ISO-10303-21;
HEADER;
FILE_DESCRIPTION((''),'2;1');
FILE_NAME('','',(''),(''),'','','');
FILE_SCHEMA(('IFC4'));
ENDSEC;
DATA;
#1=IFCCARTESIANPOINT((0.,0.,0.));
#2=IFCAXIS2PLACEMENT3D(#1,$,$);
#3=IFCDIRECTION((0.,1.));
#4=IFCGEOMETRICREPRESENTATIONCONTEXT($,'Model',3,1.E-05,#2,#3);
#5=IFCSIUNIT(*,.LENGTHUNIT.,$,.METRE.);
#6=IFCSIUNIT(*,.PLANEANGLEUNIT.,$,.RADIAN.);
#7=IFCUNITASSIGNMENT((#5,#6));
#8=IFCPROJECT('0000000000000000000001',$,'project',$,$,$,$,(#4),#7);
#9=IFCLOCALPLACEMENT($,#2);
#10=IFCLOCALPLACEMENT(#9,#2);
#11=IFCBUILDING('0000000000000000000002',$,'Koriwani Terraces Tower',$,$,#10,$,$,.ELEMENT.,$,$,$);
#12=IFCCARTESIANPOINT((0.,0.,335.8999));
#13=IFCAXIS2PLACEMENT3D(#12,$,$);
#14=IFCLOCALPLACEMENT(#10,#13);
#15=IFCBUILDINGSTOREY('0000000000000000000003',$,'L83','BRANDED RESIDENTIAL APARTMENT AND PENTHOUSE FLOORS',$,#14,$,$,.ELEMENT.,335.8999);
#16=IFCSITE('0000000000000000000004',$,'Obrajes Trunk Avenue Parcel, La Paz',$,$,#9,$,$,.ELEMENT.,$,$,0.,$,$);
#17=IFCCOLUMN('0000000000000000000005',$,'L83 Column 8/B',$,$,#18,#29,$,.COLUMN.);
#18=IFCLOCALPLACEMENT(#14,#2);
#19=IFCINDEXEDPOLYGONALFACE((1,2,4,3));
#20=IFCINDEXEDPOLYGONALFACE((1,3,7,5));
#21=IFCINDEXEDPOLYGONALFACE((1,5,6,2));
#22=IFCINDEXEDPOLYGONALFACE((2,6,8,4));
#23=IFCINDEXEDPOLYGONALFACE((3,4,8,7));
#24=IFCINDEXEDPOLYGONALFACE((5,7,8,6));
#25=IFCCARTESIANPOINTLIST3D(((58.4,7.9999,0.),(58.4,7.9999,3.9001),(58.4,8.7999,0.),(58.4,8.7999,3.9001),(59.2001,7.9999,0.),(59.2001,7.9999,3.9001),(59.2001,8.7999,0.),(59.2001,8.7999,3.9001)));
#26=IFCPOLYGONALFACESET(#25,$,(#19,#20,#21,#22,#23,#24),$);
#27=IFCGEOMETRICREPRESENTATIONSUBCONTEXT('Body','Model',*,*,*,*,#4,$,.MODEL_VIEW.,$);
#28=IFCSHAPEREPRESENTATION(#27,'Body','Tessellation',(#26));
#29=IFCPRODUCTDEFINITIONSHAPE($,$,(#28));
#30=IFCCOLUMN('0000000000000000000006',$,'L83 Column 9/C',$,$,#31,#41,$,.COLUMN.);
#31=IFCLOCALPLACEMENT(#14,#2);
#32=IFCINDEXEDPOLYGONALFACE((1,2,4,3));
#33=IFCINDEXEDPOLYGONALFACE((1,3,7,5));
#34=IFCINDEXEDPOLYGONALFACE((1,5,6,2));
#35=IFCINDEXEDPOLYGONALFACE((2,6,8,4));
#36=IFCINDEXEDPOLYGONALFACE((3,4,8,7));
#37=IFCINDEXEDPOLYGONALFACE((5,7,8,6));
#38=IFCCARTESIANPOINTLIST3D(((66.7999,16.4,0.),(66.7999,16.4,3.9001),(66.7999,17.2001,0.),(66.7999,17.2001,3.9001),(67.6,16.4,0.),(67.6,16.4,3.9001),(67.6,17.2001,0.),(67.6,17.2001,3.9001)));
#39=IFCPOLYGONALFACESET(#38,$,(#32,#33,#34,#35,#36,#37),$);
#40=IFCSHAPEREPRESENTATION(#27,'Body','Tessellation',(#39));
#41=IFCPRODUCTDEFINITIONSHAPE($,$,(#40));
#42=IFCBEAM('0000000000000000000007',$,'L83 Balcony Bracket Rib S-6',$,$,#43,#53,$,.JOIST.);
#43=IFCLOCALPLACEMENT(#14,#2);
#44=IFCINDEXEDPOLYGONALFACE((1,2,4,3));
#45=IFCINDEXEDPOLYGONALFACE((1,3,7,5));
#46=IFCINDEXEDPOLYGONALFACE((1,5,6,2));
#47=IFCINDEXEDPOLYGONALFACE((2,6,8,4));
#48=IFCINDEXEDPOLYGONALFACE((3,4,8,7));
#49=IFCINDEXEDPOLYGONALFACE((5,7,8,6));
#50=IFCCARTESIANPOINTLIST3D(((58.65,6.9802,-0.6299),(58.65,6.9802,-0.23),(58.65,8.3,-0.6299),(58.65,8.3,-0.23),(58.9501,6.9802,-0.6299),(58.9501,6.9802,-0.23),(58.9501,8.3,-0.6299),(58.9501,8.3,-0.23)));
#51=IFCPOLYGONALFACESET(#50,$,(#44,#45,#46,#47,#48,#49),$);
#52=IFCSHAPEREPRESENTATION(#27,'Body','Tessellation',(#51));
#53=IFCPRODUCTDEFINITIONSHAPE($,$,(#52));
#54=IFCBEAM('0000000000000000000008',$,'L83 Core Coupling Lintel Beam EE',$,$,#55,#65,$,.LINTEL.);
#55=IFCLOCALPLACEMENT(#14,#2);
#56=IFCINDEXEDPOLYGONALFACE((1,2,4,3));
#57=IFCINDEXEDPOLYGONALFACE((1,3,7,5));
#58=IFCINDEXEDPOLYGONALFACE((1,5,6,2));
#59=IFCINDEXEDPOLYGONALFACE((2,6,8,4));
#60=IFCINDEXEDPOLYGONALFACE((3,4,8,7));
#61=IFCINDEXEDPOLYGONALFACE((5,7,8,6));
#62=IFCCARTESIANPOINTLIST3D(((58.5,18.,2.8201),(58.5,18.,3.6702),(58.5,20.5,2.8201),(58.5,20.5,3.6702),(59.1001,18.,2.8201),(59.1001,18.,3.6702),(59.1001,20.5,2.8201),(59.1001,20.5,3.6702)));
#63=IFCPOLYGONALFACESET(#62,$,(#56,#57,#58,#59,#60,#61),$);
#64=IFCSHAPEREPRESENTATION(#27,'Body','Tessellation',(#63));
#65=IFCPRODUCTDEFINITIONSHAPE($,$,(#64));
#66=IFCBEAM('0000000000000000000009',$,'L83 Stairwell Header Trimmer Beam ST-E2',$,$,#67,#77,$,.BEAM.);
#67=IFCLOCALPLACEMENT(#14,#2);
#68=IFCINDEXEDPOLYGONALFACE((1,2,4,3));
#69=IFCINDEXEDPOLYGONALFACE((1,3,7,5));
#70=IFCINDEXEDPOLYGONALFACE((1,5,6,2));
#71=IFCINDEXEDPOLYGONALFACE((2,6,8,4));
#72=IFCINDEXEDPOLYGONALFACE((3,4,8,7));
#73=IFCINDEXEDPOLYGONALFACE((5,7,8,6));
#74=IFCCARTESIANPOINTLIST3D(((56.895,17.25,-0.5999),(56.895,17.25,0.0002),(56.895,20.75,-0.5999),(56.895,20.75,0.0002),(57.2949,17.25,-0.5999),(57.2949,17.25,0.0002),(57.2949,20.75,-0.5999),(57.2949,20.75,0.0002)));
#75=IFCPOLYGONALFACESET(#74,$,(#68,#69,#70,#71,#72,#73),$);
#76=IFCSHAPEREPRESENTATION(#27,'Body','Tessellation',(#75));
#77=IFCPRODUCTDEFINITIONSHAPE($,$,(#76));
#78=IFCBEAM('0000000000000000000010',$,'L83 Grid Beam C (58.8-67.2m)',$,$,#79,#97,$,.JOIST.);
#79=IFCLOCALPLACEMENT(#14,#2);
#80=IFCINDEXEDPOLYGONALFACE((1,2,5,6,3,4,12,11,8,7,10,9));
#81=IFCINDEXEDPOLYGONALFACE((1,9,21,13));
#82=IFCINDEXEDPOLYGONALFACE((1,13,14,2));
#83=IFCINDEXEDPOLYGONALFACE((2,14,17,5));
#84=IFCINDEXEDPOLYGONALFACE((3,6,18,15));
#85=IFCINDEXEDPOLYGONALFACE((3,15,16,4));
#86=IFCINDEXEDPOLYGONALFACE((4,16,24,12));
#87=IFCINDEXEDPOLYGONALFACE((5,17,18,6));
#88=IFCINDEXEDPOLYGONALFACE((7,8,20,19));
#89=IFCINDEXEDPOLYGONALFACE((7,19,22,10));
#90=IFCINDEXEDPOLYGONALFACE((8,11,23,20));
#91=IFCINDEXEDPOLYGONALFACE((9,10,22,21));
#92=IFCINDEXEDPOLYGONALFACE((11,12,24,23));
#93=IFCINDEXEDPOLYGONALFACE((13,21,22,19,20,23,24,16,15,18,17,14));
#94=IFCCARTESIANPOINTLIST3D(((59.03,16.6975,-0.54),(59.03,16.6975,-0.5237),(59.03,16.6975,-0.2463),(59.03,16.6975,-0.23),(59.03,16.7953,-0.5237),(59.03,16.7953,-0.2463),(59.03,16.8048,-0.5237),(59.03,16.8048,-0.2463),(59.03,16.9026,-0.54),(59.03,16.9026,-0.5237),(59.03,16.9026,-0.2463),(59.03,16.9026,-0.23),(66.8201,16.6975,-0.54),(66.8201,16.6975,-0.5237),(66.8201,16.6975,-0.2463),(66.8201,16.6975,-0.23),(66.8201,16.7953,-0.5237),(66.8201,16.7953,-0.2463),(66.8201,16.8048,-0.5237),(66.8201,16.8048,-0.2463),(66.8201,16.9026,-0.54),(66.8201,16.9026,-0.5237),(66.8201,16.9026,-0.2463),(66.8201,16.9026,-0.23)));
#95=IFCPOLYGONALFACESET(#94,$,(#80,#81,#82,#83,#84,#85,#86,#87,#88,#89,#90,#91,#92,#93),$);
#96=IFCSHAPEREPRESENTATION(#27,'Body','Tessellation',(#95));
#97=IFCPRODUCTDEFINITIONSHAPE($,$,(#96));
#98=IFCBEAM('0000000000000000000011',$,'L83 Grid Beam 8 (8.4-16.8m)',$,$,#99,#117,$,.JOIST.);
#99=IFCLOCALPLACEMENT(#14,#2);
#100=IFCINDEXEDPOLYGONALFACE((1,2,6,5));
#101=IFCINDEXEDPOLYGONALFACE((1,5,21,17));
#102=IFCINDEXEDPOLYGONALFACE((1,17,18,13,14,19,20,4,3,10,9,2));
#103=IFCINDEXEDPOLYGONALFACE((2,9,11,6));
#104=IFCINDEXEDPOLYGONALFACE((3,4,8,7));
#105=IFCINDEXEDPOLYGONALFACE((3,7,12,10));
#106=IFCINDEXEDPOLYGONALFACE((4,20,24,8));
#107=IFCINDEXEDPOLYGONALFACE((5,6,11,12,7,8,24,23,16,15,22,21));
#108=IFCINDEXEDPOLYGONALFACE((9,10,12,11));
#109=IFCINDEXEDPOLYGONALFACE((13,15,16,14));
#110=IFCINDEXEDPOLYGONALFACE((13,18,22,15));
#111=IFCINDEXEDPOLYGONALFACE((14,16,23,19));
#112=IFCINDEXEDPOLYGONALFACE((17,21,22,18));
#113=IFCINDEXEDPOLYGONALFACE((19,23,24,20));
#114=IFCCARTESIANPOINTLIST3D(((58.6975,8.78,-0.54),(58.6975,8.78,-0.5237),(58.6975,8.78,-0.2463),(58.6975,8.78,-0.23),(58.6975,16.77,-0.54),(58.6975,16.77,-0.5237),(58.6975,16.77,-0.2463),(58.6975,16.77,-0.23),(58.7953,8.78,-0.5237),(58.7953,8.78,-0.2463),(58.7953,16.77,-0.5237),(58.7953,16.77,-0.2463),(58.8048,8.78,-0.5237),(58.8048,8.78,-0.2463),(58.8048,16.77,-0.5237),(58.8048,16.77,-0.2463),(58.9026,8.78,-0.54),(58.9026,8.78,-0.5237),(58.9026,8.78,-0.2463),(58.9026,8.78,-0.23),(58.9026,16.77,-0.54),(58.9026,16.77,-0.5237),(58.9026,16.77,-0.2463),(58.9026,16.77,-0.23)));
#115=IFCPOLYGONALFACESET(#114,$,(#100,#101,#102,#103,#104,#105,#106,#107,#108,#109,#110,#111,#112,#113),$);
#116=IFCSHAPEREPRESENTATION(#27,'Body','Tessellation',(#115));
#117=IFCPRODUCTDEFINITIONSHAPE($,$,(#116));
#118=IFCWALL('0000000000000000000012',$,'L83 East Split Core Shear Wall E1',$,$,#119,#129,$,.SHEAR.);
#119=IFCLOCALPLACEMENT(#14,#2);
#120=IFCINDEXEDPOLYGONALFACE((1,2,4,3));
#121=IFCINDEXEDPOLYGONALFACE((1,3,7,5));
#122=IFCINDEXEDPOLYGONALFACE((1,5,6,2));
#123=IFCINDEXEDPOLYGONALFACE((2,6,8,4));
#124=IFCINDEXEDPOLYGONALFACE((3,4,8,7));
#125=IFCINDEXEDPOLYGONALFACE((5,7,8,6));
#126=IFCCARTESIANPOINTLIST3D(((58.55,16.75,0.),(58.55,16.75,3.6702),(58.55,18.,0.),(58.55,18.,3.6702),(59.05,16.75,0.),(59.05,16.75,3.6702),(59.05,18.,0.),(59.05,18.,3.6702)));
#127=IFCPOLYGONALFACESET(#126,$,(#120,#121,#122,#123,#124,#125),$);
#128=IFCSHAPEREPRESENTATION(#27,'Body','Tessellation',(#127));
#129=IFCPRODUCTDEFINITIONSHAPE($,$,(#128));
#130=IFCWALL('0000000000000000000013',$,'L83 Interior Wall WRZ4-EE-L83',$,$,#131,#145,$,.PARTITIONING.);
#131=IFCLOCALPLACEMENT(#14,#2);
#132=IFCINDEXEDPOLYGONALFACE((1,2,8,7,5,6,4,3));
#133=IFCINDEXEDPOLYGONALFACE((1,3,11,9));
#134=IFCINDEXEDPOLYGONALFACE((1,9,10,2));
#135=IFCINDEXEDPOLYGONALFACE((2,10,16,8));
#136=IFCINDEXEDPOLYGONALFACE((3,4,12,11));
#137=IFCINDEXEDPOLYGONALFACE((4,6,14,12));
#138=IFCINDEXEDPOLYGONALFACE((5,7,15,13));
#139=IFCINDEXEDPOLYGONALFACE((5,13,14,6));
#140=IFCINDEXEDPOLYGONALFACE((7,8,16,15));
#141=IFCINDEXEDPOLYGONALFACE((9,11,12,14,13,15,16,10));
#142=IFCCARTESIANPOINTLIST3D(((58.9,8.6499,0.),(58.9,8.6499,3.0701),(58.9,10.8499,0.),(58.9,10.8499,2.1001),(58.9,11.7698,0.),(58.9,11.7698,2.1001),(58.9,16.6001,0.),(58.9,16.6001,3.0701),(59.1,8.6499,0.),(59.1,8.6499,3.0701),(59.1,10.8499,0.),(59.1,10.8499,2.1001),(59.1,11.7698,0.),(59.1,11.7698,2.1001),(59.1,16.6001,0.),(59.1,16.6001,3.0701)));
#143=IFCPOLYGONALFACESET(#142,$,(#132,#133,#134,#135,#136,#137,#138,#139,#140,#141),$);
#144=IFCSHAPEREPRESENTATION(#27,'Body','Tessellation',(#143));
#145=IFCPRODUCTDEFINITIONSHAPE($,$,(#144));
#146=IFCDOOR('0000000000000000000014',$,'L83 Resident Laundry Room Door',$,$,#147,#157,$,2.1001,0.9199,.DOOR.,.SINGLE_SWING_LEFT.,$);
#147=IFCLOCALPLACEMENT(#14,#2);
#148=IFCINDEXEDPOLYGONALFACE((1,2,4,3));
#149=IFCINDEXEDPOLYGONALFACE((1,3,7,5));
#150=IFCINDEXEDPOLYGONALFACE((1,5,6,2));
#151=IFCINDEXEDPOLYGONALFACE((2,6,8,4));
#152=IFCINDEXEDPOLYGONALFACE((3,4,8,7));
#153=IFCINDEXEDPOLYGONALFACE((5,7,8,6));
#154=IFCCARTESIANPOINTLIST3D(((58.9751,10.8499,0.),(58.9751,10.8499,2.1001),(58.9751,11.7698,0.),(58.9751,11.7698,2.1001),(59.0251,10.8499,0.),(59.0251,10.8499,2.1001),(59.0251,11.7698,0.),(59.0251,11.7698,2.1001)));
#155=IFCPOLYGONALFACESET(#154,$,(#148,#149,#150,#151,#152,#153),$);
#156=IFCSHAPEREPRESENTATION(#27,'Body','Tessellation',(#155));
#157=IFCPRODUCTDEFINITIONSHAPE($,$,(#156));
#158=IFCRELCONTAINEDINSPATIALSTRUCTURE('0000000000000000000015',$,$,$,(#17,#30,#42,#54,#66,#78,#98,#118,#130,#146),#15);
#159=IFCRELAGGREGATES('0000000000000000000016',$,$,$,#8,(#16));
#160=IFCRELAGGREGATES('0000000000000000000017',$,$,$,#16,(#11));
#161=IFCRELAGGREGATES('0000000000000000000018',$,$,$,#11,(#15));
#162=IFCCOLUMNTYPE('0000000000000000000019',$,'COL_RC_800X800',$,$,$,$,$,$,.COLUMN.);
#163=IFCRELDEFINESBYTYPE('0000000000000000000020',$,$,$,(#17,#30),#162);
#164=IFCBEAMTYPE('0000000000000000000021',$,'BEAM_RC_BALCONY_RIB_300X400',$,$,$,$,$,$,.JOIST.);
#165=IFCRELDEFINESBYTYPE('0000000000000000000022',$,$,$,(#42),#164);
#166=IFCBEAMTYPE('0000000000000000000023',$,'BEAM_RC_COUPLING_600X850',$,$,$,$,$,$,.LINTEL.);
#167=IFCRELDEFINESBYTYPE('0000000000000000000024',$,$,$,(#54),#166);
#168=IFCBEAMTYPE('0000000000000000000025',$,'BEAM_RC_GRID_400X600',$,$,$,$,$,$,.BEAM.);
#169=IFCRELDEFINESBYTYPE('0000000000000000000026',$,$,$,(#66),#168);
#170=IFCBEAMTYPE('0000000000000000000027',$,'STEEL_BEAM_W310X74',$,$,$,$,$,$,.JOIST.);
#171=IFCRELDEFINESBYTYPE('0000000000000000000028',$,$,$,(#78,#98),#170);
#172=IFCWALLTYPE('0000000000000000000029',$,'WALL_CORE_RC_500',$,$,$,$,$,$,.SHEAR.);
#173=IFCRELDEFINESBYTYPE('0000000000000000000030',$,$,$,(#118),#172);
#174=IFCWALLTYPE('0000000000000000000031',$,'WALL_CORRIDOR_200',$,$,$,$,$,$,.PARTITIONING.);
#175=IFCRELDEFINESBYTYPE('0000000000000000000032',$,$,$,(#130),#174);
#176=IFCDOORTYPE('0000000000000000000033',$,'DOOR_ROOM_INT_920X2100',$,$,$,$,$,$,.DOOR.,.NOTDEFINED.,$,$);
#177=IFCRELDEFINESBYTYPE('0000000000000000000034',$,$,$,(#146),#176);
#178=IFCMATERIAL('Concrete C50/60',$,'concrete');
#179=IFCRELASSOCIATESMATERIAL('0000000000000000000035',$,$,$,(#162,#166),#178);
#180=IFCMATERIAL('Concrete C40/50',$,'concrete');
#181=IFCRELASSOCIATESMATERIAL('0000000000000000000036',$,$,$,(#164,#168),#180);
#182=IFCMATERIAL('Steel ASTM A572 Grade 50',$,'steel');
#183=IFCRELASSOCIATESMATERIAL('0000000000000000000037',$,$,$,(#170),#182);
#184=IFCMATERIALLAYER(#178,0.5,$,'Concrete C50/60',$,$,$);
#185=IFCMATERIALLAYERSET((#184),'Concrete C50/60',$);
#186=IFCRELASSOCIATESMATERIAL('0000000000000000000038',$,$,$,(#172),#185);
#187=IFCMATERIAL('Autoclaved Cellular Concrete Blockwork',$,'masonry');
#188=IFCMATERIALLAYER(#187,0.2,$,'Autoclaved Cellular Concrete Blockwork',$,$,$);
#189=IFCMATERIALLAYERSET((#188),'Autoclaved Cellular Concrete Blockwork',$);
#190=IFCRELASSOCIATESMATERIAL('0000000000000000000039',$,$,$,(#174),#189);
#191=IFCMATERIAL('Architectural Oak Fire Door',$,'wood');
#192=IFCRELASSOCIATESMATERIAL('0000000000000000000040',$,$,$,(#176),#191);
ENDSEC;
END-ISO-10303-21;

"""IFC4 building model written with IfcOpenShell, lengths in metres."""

from ifc_helpers import new_model, si_unit, direction, frame, frame_2d, origin, origin_2d, place, context, subcontext, project, spatial, rectangle, i_section, extrude, material, layer, layer_set, material_profile, profile_set, type_object, element, fill, save


model = new_model("IFC4")

# Units and contexts
model_context = context("Model", 3, precision=1e-05, world=origin(), true_north=direction((0.0, 1.0)))
body_context = subcontext(model_context, "Body", "Model", "MODEL_VIEW")
ifc_project = project(units=[si_unit("LENGTHUNIT", "METRE"), si_unit("PLANEANGLEUNIT", "RADIAN")], contexts=[model_context])

# Site, building, storey
site_placement = place(None, origin())
site = spatial("IfcSite", under=ifc_project, at=site_placement, Name="Obrajes Trunk Avenue Parcel, La Paz", CompositionType="ELEMENT", RefElevation=0.0)
building_placement = place(site_placement, origin())
building = spatial("IfcBuilding", under=site, at=building_placement, Name="Koriwani Terraces Tower", CompositionType="ELEMENT")
storey_placement = place(building_placement, frame((0.0, 0.0, 335.8999)))
storey = spatial("IfcBuildingStorey", under=building, at=storey_placement, Name="L83", Description="BRANDED RESIDENTIAL APARTMENT AND PENTHOUSE FLOORS", CompositionType="ELEMENT", Elevation=335.8999)

# Columns
ifc_material_1 = material(Name="Concrete C50/60", Category="concrete")
ifc_material_profile_1 = material_profile(ifc_material_1, rectangle(XDim=0.8, YDim=0.8, at=origin_2d()), Name="Concrete C50/60", Category="LoadBearing")
ifc_profile_set_1 = profile_set([ifc_material_profile_1], Name="Concrete C50/60")
column_type = type_object("IfcColumnType", Name="COL_RC_800X800", PredefinedType="COLUMN", material=ifc_profile_set_1)
for number, where, z_axis, x_axis, name in (
    (1, (58.8, 8.3999, 0.0), (0.0, 0.0, 1.0), (1.0, 0.0, 0.0), "L83 Column 8/B"),
    (2, (67.2, 16.8, 0.0), (0.0, 0.0, 1.0), (1.0, 0.0, 0.0), "L83 Column 9/C"),
):
    element("IfcColumn", number, at=place(storey_placement, frame(where, z_axis=z_axis, x_axis=x_axis)), inside=storey, type_object=column_type, Name=name, PredefinedType="COLUMN", context=body_context, shape_type="SweptSolid", body=[
        extrude(rectangle(XDim=0.8, YDim=0.8, at=origin_2d()), origin(), (0.0, 0.0, 1.0), 3.9001),
    ])

# Beams
ifc_material_2 = material(Name="Concrete C40/50", Category="concrete")
ifc_material_profile_2 = material_profile(ifc_material_2, rectangle(XDim=0.3, YDim=0.3999, at=origin_2d()), Name="Concrete C40/50", Category="LoadBearing")
ifc_profile_set_2 = profile_set([ifc_material_profile_2], Name="Concrete C40/50")
beam_type_1 = type_object("IfcBeamType", Name="BEAM_RC_BALCONY_RIB_300X400", PredefinedType="JOIST", material=ifc_profile_set_2)
beam_1_placement = place(storey_placement, frame((58.8, 6.9802, -0.4299), z_axis=(0.0, 1.0, 0.0), x_axis=(-1.0, 0.0, 0.0)))
element("IfcBeam", 3, at=beam_1_placement, inside=storey, type_object=beam_type_1, Name="L83 Balcony Bracket Rib S-6", PredefinedType="JOIST", context=body_context, shape_type="SweptSolid", body=[
    extrude(rectangle(XDim=0.3, YDim=0.3999, at=origin_2d()), origin(), (0.0, 0.0, 1.0), 1.3198),
])
ifc_material_profile_3 = material_profile(ifc_material_1, rectangle(XDim=0.6001, YDim=0.8501, at=origin_2d()), Name="Concrete C50/60", Category="LoadBearing")
ifc_profile_set_3 = profile_set([ifc_material_profile_3], Name="Concrete C50/60")
beam_type_2 = type_object("IfcBeamType", Name="BEAM_RC_COUPLING_600X850", PredefinedType="LINTEL", material=ifc_profile_set_3)
beam_2_placement = place(storey_placement, frame((58.8, 18.0, 3.2451), z_axis=(0.0, 1.0, 0.0), x_axis=(-1.0, 0.0, 0.0)))
element("IfcBeam", 4, at=beam_2_placement, inside=storey, type_object=beam_type_2, Name="L83 Core Coupling Lintel Beam EE", PredefinedType="LINTEL", context=body_context, shape_type="SweptSolid", body=[
    extrude(rectangle(XDim=0.6001, YDim=0.8501, at=origin_2d()), origin(), (0.0, 0.0, 1.0), 2.5),
])
ifc_material_profile_4 = material_profile(ifc_material_2, rectangle(XDim=0.3999, YDim=0.6001, at=origin_2d()), Name="Concrete C40/50", Category="LoadBearing")
ifc_profile_set_4 = profile_set([ifc_material_profile_4], Name="Concrete C40/50")
beam_type_3 = type_object("IfcBeamType", Name="BEAM_RC_GRID_400X600", PredefinedType="BEAM", material=ifc_profile_set_4)
beam_3_placement = place(storey_placement, frame((57.095, 17.25, -0.2998), z_axis=(0.0, 1.0, 0.0), x_axis=(-1.0, 0.0, 0.0)))
element("IfcBeam", 5, at=beam_3_placement, inside=storey, type_object=beam_type_3, Name="L83 Stairwell Header Trimmer Beam ST-E2", PredefinedType="BEAM", context=body_context, shape_type="SweptSolid", body=[
    extrude(rectangle(XDim=0.3999, YDim=0.6001, at=origin_2d()), origin(), (0.0, 0.0, 1.0), 3.5),
])
ifc_material_3 = material(Name="Steel ASTM A572 Grade 50", Category="steel")
ifc_material_profile_5 = material_profile(ifc_material_3, i_section(OverallWidth=0.2051, OverallDepth=0.3101, WebThickness=0.0095, FlangeThickness=0.0164, at=origin_2d()), Name="Steel ASTM A572 Grade 50", Category="LoadBearing")
ifc_profile_set_5 = profile_set([ifc_material_profile_5], Name="Steel ASTM A572 Grade 50")
beam_type_4 = type_object("IfcBeamType", Name="STEEL_BEAM_W310X74", PredefinedType="JOIST", material=ifc_profile_set_5)
beam_4_placement = place(storey_placement, frame((59.03, 16.8, -0.385), z_axis=(1.0, 0.0, 0.0), x_axis=(0.0, 1.0, 0.0)))
element("IfcBeam", 6, at=beam_4_placement, inside=storey, type_object=beam_type_4, Name="L83 Grid Beam C (58.8-67.2m)", PredefinedType="JOIST", context=body_context, shape_type="SweptSolid", body=[
    extrude(i_section(OverallWidth=0.2051, OverallDepth=0.3101, WebThickness=0.0095, FlangeThickness=0.0164, at=origin_2d()), origin(), (0.0, 0.0, 1.0), 7.79),
])
beam_5_placement = place(storey_placement, frame((58.8, 8.78, -0.385), z_axis=(0.0, 1.0, 0.0), x_axis=(-1.0, 0.0, 0.0)))
element("IfcBeam", 7, at=beam_5_placement, inside=storey, type_object=beam_type_4, Name="L83 Grid Beam 8 (8.4-16.8m)", PredefinedType="JOIST", context=body_context, shape_type="SweptSolid", body=[
    extrude(i_section(OverallWidth=0.2051, OverallDepth=0.3101, WebThickness=0.0095, FlangeThickness=0.0164, at=origin_2d()), origin(), (0.0, 0.0, 1.0), 7.99),
])

# Wall
ifc_layer_1 = layer(ifc_material_1, 0.5, Name="Concrete C50/60")
ifc_layer_set_1 = layer_set([ifc_layer_1], Name="Concrete C50/60")
wall_type_1 = type_object("IfcWallType", Name="WALL_CORE_RC_500", PredefinedType="SHEAR", material=ifc_layer_set_1)
wall_1_placement = place(storey_placement, frame((58.8, 16.75, 0.0), z_axis=(0.0, 0.0, 1.0), x_axis=(0.0, 1.0, 0.0)))
element("IfcWall", 8, at=wall_1_placement, inside=storey, type_object=wall_type_1, Name="L83 East Split Core Shear Wall E1", PredefinedType="SHEAR", context=body_context, shape_type="SweptSolid", body=[
    extrude(rectangle(XDim=1.25, YDim=0.5, at=frame_2d((0.625, 0.0))), origin(), (0.0, 0.0, 1.0), 3.6702),
])

# Wall, opening, door
ifc_material_4 = material(Name="Autoclaved Cellular Concrete Blockwork", Category="masonry")
ifc_layer_2 = layer(ifc_material_4, 0.2, Name="Autoclaved Cellular Concrete Blockwork")
ifc_layer_set_2 = layer_set([ifc_layer_2], Name="Autoclaved Cellular Concrete Blockwork")
wall_type_2 = type_object("IfcWallType", Name="WALL_CORRIDOR_200", PredefinedType="PARTITIONING", material=ifc_layer_set_2)
wall_2_placement = place(storey_placement, frame((59.0, 8.6499, 0.0), z_axis=(0.0, 0.0, 1.0), x_axis=(0.0, 1.0, 0.0)))
wall_2 = element("IfcWall", 9, at=wall_2_placement, inside=storey, type_object=wall_type_2, Name="L83 Interior Wall WRZ4-EE-L83", PredefinedType="PARTITIONING", context=body_context, shape_type="SweptSolid", body=[
    extrude(rectangle(XDim=7.9502, YDim=0.2, at=frame_2d((3.9751, 0.0))), origin(), (0.0, 0.0, 1.0), 3.0701),
])
opening_1_placement = place(wall_2_placement, frame((2.2, 0.0, 0.0)))
opening_1 = element("IfcOpeningElement", 10, at=opening_1_placement, cuts=wall_2, PredefinedType="OPENING", context=body_context, shape_type="SweptSolid", body=[
    extrude(rectangle(XDim=0.9199, YDim=2.1001, at=frame_2d((0.46, 1.05))), frame((0.0, 0.1099, 0.0), z_axis=(0.0, -1.0, 0.0), x_axis=(1.0, 0.0, 0.0)), (0.0, 0.0, 1.0), 0.22),
])
ifc_material_5 = material(Name="Architectural Oak Fire Door", Category="wood")
door_type_1 = type_object("IfcDoorType", Name="DOOR_ROOM_INT_920X2100", OperationType="NOTDEFINED", PredefinedType="DOOR", material=ifc_material_5)
door_1_placement = place(opening_1_placement, origin())
door_1 = element("IfcDoor", 11, at=door_1_placement, inside=storey, type_object=door_type_1, Name="L83 Resident Laundry Room Door", OperationType="SINGLE_SWING_LEFT", OverallHeight=2.1001, OverallWidth=0.9199, PredefinedType="DOOR", context=body_context, shape_type="SweptSolid", body=[
    extrude(rectangle(XDim=0.9199, YDim=2.1001, at=frame_2d((0.46, 1.05))), frame((0.0, 0.0249, 0.0), z_axis=(0.0, -1.0, 0.0), x_axis=(1.0, 0.0, 0.0)), (0.0, 0.0, 1.0), 0.05),
])
fill(opening_1, door_1)

save(model, "model.ifc")
